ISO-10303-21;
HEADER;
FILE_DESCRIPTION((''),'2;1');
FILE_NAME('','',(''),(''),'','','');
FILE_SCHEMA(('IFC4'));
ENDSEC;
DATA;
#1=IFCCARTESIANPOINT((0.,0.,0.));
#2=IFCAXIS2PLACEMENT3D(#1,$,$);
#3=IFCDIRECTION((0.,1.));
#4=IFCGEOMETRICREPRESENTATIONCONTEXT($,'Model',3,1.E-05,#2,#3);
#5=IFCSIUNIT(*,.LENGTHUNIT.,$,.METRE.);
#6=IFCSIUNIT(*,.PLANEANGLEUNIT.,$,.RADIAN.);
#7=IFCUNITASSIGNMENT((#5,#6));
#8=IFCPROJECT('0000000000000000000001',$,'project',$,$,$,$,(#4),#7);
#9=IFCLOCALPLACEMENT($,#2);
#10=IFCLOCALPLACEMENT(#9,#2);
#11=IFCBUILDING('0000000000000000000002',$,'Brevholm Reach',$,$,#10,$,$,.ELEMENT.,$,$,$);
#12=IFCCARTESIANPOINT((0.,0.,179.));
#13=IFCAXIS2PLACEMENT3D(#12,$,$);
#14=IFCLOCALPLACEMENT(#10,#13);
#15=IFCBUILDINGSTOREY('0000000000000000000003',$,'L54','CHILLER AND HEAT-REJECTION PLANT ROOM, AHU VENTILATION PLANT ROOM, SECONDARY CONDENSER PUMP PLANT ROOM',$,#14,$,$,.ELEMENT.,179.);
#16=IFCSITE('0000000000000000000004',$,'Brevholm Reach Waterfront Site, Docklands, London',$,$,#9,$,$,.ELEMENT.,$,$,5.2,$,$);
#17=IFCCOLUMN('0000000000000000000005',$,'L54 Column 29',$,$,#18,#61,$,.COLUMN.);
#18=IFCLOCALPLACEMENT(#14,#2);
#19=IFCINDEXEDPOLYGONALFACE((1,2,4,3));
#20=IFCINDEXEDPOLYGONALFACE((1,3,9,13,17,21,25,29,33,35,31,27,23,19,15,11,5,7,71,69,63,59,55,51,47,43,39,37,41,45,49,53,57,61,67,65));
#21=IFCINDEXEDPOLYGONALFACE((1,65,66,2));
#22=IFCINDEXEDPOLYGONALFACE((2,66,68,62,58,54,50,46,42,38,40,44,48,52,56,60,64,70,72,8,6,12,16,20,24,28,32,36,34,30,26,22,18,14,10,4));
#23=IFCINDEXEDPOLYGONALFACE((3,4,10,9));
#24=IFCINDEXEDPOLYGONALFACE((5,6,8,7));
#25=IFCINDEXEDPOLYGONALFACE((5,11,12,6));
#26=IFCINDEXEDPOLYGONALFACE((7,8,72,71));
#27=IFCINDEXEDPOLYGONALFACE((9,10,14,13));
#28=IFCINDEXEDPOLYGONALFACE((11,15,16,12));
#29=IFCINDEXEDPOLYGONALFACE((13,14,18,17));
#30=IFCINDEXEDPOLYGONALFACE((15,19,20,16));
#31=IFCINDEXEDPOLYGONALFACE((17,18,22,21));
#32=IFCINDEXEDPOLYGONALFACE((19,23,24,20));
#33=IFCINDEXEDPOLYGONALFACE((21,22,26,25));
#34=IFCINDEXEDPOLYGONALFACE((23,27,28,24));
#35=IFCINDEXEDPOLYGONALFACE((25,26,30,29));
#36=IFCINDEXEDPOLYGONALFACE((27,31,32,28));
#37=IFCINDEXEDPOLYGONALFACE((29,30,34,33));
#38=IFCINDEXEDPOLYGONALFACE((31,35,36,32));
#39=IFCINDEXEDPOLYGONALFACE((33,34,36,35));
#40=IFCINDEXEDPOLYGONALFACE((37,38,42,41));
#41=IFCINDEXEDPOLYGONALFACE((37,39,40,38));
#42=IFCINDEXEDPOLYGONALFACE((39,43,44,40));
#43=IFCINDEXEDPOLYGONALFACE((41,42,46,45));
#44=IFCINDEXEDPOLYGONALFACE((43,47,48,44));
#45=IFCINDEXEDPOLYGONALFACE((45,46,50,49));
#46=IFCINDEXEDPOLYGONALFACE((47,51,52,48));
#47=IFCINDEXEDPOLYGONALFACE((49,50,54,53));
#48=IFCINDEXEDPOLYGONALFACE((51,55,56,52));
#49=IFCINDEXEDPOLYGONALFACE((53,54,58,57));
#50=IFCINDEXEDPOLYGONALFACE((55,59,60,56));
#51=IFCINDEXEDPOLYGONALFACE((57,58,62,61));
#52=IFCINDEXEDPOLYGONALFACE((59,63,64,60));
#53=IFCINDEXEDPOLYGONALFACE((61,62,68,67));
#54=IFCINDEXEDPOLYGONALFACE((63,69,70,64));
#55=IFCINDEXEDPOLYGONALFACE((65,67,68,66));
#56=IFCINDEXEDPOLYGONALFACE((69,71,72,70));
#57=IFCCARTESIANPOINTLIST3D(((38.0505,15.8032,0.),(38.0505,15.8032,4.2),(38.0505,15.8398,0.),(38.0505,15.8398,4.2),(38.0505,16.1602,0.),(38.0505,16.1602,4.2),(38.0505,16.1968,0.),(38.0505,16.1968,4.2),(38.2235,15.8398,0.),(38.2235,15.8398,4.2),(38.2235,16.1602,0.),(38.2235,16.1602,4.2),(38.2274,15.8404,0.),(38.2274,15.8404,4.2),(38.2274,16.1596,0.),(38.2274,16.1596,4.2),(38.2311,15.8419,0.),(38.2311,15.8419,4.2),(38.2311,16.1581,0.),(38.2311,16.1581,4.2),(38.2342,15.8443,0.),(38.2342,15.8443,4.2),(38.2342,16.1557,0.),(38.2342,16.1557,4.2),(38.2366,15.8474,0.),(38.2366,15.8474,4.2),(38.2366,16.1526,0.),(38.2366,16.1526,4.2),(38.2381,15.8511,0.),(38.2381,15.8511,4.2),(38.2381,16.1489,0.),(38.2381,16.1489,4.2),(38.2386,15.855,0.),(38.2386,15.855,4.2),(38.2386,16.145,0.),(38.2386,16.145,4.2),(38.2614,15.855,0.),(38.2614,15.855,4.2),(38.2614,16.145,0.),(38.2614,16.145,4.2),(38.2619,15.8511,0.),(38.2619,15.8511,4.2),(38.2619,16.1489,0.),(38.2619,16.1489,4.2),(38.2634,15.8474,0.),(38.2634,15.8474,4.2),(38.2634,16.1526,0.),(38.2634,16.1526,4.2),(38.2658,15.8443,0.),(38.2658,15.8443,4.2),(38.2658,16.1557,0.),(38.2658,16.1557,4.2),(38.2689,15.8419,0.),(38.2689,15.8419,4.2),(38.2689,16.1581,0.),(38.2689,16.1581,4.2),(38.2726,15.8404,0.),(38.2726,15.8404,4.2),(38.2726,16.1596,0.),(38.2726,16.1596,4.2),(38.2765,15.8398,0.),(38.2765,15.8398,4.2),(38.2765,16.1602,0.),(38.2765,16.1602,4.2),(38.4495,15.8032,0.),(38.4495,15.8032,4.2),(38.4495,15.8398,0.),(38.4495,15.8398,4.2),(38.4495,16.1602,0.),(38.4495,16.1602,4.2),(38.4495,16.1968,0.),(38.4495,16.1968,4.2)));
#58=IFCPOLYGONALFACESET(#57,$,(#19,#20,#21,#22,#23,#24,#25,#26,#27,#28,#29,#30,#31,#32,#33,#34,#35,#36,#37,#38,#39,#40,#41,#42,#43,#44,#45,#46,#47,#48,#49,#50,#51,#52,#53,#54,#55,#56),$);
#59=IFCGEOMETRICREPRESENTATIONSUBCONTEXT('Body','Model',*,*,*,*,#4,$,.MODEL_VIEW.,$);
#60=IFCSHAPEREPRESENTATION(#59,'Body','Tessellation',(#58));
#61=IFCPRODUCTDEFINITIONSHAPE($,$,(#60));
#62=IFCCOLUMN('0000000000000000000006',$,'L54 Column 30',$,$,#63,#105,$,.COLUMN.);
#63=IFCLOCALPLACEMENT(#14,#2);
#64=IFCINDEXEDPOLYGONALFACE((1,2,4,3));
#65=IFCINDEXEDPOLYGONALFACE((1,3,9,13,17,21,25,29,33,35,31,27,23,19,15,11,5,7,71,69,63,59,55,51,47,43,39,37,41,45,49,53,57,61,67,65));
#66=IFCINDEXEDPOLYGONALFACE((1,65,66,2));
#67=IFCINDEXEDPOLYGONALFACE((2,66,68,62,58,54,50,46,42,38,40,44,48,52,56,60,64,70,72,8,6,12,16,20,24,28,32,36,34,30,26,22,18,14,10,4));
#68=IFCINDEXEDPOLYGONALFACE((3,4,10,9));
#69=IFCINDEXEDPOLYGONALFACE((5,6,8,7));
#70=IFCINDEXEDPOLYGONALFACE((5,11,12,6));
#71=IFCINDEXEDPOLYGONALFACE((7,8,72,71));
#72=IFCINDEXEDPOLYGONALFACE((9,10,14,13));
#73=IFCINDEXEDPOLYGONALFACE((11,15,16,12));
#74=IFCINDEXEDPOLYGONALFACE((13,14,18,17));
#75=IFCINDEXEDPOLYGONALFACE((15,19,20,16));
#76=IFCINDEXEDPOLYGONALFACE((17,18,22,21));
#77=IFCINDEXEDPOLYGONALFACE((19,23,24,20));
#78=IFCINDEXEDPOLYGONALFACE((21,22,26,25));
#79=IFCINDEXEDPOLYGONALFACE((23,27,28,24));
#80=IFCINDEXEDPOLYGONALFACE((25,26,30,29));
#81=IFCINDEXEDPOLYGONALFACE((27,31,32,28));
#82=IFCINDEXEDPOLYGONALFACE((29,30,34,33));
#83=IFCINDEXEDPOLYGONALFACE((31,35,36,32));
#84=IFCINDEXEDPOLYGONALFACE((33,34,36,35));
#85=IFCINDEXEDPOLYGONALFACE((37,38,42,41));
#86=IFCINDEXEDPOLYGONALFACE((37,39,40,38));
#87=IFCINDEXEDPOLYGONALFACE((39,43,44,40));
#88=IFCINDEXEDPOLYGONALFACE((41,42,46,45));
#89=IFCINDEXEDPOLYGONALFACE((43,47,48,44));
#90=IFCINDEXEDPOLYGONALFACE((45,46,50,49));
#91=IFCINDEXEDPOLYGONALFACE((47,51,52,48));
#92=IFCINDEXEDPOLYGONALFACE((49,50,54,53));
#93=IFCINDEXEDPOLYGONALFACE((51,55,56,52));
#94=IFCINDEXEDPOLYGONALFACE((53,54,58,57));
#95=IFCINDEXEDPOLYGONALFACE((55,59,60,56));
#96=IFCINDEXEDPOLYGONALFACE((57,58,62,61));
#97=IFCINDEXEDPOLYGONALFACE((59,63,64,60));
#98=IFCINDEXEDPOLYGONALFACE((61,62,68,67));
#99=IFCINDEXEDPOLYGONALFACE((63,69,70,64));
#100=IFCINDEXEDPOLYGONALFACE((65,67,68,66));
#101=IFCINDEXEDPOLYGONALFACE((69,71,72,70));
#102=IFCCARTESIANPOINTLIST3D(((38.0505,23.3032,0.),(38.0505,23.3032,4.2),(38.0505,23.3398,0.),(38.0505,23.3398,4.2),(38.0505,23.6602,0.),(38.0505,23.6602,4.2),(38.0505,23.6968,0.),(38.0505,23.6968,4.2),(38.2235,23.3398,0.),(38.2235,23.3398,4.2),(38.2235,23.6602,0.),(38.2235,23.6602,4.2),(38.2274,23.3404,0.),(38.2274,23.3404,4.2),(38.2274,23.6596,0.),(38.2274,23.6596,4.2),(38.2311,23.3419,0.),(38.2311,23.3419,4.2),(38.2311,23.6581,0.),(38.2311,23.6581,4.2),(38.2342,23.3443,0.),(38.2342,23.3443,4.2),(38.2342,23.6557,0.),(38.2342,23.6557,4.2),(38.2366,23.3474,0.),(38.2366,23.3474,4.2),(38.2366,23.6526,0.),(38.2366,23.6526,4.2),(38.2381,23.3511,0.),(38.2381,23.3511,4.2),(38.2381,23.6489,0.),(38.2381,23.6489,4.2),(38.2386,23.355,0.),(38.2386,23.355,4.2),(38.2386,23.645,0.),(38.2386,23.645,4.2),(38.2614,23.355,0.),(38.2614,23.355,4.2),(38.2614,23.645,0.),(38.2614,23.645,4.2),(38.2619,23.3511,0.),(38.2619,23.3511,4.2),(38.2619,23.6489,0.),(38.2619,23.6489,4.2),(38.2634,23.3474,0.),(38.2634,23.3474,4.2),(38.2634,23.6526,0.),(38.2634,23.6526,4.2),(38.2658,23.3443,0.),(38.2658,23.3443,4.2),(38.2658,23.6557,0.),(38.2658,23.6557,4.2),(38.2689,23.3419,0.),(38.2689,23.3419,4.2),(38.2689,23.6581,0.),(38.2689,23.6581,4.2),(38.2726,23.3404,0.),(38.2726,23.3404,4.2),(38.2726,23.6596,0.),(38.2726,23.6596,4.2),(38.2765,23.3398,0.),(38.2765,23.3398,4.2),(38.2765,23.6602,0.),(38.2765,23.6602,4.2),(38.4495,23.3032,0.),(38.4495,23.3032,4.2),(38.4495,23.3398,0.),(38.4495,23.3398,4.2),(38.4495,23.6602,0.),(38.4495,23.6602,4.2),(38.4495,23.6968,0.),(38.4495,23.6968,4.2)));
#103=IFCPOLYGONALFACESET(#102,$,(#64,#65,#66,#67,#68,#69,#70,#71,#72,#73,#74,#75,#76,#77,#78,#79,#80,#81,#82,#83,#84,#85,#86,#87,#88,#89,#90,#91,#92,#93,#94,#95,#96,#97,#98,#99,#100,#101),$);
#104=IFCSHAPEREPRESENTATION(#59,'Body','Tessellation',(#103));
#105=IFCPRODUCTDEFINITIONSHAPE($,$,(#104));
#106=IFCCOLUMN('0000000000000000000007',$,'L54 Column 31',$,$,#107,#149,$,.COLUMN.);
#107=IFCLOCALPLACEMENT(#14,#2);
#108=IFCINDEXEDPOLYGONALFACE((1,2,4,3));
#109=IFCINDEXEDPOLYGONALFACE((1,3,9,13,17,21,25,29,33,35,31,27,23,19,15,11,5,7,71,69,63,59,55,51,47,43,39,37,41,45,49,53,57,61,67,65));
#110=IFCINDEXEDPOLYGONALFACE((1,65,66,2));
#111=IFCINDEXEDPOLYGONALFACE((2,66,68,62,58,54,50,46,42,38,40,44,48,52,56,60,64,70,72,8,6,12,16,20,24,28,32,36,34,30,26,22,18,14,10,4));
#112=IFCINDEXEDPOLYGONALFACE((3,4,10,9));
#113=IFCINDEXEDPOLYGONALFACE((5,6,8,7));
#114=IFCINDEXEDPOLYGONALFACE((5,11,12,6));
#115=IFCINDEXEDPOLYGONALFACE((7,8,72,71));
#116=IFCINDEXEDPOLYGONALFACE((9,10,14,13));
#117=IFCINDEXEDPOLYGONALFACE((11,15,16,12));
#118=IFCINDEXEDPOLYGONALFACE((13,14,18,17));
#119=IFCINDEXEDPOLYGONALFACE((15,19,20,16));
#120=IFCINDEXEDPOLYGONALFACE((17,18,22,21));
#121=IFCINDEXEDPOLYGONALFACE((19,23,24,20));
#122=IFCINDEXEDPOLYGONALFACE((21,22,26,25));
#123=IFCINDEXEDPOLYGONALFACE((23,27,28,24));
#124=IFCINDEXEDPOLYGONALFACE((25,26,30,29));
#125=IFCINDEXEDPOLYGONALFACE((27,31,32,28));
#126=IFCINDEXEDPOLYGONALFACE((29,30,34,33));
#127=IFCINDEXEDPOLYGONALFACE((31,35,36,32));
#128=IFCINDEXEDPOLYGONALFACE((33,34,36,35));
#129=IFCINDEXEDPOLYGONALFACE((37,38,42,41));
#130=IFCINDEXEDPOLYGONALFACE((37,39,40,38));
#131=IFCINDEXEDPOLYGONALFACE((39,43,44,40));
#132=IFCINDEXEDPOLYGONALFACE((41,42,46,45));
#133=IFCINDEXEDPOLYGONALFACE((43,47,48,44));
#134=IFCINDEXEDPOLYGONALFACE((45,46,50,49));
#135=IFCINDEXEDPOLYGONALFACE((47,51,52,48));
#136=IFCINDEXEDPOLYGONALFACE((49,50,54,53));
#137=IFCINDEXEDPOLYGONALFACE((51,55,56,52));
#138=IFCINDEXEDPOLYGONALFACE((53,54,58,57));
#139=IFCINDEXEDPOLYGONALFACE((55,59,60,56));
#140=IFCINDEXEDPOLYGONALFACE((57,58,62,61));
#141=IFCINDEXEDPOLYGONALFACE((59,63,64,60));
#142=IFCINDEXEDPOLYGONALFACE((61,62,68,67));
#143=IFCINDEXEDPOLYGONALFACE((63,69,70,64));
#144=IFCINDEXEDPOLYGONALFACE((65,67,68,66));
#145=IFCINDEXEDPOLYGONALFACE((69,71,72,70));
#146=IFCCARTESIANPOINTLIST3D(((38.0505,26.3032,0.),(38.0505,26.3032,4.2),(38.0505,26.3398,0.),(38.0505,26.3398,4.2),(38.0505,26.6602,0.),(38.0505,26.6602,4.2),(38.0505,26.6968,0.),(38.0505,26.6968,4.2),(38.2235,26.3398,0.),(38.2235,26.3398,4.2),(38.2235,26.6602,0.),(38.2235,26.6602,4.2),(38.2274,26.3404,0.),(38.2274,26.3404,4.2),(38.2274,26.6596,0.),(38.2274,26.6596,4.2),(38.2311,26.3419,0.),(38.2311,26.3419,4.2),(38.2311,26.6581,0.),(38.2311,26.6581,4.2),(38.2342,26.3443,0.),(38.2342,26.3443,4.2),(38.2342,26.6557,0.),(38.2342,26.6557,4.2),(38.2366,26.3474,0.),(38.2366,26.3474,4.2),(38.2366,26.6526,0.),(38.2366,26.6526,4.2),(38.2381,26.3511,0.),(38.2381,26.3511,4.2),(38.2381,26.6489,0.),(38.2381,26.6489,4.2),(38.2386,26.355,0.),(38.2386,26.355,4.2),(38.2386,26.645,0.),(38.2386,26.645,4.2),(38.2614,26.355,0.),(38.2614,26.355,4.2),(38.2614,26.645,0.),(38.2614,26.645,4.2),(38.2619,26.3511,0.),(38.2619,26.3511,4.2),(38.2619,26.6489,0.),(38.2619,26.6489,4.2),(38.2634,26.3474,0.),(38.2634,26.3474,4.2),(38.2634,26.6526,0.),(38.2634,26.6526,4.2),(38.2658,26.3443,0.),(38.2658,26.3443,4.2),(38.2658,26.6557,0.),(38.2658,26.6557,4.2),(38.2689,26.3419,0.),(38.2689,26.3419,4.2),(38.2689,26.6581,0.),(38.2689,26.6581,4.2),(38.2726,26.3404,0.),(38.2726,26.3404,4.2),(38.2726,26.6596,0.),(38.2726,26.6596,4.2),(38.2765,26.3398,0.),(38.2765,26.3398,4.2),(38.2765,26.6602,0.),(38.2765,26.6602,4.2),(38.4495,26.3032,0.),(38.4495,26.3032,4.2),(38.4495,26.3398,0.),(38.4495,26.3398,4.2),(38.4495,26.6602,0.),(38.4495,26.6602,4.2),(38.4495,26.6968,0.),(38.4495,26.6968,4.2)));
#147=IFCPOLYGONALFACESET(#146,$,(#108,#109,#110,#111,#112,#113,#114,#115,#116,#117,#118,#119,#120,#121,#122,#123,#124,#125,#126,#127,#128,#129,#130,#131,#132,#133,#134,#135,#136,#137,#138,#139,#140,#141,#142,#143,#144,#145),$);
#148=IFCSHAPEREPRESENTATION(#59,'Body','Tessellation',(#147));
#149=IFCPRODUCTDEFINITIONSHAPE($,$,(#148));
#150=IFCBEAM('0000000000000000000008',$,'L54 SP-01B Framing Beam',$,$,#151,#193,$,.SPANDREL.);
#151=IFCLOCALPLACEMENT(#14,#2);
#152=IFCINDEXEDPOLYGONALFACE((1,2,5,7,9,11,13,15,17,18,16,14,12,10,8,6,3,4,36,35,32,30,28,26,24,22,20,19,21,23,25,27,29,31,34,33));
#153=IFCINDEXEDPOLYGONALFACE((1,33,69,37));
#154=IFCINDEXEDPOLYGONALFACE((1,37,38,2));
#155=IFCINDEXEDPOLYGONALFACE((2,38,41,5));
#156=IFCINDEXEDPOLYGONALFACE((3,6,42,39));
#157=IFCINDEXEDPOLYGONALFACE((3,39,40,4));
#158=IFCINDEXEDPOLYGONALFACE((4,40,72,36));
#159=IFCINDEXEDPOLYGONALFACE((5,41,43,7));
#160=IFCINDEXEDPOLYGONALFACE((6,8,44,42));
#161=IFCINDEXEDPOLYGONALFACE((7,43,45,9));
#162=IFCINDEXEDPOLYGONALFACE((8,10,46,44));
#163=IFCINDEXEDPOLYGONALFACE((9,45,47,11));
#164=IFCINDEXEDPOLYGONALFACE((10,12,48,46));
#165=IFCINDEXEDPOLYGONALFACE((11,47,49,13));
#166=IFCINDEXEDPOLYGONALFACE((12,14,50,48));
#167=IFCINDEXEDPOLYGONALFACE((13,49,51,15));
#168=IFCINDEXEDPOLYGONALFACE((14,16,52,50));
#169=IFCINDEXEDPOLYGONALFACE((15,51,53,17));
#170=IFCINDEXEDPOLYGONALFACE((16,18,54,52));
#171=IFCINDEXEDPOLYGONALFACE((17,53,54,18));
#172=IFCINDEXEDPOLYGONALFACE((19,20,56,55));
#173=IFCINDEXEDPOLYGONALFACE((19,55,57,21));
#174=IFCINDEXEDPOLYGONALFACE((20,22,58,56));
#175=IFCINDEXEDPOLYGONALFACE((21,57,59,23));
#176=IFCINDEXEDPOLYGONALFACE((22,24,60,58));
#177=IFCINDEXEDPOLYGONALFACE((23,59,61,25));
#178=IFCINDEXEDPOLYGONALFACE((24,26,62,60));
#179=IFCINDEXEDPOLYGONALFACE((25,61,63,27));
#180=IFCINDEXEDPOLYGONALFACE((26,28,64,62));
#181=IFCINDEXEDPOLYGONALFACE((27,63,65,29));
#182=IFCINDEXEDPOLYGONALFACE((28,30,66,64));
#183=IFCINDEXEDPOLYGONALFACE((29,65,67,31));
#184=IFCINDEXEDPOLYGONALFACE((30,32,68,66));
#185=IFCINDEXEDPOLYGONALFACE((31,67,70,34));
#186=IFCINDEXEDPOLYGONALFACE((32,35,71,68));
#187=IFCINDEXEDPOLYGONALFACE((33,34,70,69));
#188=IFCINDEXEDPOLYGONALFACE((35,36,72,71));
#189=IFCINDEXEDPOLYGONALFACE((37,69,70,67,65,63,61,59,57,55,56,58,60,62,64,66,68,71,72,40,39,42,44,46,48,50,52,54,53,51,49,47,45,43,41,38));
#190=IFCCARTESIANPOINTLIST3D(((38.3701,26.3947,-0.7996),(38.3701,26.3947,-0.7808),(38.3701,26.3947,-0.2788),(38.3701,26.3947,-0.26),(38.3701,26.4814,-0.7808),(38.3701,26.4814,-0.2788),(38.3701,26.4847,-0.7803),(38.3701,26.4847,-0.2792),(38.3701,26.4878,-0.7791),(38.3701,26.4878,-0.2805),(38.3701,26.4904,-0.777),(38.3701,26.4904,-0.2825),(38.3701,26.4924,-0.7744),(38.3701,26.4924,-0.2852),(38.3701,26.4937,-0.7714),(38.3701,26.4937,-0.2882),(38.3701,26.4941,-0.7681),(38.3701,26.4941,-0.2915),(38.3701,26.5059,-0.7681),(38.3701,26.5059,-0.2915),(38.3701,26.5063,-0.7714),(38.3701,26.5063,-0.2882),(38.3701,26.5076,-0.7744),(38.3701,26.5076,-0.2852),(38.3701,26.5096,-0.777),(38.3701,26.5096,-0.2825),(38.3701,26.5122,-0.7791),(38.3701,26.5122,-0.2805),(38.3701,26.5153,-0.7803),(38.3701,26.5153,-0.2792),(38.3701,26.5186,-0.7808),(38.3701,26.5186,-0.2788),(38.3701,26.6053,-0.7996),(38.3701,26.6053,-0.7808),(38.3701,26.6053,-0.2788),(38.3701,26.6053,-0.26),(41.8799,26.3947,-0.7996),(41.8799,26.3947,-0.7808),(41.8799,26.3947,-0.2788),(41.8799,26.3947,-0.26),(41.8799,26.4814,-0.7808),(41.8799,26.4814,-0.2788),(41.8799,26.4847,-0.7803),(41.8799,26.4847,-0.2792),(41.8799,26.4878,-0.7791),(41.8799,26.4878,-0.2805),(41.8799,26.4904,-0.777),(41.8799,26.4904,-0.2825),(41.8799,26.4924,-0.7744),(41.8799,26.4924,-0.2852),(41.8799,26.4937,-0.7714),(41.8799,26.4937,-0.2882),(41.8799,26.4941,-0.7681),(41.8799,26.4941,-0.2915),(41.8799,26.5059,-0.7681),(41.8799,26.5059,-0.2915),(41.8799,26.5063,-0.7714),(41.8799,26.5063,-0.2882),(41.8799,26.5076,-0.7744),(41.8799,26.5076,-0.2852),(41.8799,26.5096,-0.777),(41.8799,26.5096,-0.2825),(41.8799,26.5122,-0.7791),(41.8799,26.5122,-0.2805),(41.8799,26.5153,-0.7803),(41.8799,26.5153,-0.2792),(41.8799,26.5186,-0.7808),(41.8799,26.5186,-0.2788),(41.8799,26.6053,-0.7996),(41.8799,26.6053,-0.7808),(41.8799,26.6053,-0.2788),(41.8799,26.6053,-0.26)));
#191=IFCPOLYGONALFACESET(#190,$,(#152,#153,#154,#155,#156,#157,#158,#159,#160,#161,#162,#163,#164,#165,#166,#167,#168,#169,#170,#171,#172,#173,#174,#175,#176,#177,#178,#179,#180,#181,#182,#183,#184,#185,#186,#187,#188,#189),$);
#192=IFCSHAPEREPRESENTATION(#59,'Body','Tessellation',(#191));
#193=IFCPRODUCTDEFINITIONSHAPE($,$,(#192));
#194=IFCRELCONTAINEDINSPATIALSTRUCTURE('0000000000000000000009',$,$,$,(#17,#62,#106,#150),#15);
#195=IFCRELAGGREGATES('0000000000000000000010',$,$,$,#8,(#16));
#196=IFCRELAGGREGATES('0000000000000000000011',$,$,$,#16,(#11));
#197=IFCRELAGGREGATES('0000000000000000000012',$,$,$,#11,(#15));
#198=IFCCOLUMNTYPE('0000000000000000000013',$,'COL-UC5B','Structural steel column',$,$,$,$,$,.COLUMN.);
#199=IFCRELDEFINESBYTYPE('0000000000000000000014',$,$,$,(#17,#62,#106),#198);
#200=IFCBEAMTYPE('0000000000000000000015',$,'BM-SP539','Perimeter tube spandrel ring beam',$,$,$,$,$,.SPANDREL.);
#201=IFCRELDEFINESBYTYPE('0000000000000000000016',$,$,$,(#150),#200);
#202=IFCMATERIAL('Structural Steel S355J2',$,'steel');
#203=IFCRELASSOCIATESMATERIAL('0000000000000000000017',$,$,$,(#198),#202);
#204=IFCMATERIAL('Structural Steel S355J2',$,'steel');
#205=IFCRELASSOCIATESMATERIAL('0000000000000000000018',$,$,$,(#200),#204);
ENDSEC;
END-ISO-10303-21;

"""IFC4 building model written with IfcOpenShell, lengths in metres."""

from ifc_helpers import new_model, si_unit, direction, frame, origin, origin_2d, place, context, subcontext, project, spatial, i_section, extrude, material, material_profile, profile_set, type_object, element, save


model = new_model("IFC4")

# Units and contexts
model_context = context("Model", 3, precision=1e-05, world=origin(), true_north=direction((0.0, 1.0)))
body_context = subcontext(model_context, "Body", "Model", "MODEL_VIEW")
ifc_project = project(units=[si_unit("LENGTHUNIT", "METRE"), si_unit("PLANEANGLEUNIT", "RADIAN")], contexts=[model_context])

# Site, building, storey
site_placement = place(None, origin())
site = spatial("IfcSite", under=ifc_project, at=site_placement, Name="Brevholm Reach Waterfront Site, Docklands, London", CompositionType="ELEMENT", RefElevation=5.2)
building_placement = place(site_placement, origin())
building = spatial("IfcBuilding", under=site, at=building_placement, Name="Brevholm Reach", CompositionType="ELEMENT")
storey_placement = place(building_placement, frame((0.0, 0.0, 179.0)))
storey = spatial("IfcBuildingStorey", under=building, at=storey_placement, Name="L54", Description="CHILLER AND HEAT-REJECTION PLANT ROOM, AHU VENTILATION PLANT ROOM, SECONDARY CONDENSER PUMP PLANT ROOM", CompositionType="ELEMENT", Elevation=179.0)

# Columns
ifc_material_1 = material(Name="Structural Steel S355J2", Category="steel")
ifc_material_profile_1 = material_profile(ifc_material_1, i_section(OverallWidth=0.3989, OverallDepth=0.3936, WebThickness=0.0227, FlangeThickness=0.0366, FilletRadius=0.0151, at=origin_2d()), Name="UKC 356x406x287")
ifc_profile_set_1 = profile_set([ifc_material_profile_1], Name="Structural Steel S355J2")
column_type = type_object("IfcColumnType", Name="COL-UC5B", Description="Structural steel column", PredefinedType="COLUMN", material=ifc_profile_set_1)
for number, where, z_axis, x_axis, name in (
    (1, (38.25, 16.0, 0.0), (0.0, 0.0, 1.0), (1.0, 0.0, 0.0), "L54 Column 29"),
    (2, (38.25, 23.5, 0.0), (0.0, 0.0, 1.0), (1.0, 0.0, 0.0), "L54 Column 30"),
    (3, (38.25, 26.5, 0.0), (0.0, 0.0, 1.0), (1.0, 0.0, 0.0), "L54 Column 31"),
):
    element("IfcColumn", number, at=place(storey_placement, frame(where, z_axis=z_axis, x_axis=x_axis)), inside=storey, type_object=column_type, Name=name, PredefinedType="COLUMN", context=body_context, shape_type="SweptSolid", body=[
        extrude(i_section(OverallWidth=0.3989, OverallDepth=0.3936, WebThickness=0.0227, FlangeThickness=0.0366, FilletRadius=0.0151, at=origin_2d()), origin(), (0.0, 0.0, 1.0), 4.2),
    ])

# Beam
ifc_material_2 = material(Name="Structural Steel S355J2", Category="steel")
ifc_material_profile_2 = material_profile(ifc_material_2, i_section(OverallWidth=0.2107, OverallDepth=0.5396, WebThickness=0.0117, FlangeThickness=0.0188, FilletRadius=0.0127, at=origin_2d()), Name="UKB 533x210x109")
ifc_profile_set_2 = profile_set([ifc_material_profile_2], Name="Structural Steel S355J2")
beam_type_1 = type_object("IfcBeamType", Name="BM-SP539", Description="Perimeter tube spandrel ring beam", PredefinedType="SPANDREL", material=ifc_profile_set_2)
beam_1_placement = place(storey_placement, frame((38.3701, 26.5, -0.5298), z_axis=(1.0, 0.0, 0.0), x_axis=(0.0, 1.0, 0.0)))
element("IfcBeam", 4, at=beam_1_placement, inside=storey, type_object=beam_type_1, Name="L54 SP-01B Framing Beam", PredefinedType="SPANDREL", context=body_context, shape_type="SweptSolid", body=[
    extrude(i_section(OverallWidth=0.2107, OverallDepth=0.5396, WebThickness=0.0117, FlangeThickness=0.0188, FilletRadius=0.0127, at=origin_2d()), origin(), (0.0, 0.0, 1.0), 3.5098),
])

save(model, "model.ifc")
